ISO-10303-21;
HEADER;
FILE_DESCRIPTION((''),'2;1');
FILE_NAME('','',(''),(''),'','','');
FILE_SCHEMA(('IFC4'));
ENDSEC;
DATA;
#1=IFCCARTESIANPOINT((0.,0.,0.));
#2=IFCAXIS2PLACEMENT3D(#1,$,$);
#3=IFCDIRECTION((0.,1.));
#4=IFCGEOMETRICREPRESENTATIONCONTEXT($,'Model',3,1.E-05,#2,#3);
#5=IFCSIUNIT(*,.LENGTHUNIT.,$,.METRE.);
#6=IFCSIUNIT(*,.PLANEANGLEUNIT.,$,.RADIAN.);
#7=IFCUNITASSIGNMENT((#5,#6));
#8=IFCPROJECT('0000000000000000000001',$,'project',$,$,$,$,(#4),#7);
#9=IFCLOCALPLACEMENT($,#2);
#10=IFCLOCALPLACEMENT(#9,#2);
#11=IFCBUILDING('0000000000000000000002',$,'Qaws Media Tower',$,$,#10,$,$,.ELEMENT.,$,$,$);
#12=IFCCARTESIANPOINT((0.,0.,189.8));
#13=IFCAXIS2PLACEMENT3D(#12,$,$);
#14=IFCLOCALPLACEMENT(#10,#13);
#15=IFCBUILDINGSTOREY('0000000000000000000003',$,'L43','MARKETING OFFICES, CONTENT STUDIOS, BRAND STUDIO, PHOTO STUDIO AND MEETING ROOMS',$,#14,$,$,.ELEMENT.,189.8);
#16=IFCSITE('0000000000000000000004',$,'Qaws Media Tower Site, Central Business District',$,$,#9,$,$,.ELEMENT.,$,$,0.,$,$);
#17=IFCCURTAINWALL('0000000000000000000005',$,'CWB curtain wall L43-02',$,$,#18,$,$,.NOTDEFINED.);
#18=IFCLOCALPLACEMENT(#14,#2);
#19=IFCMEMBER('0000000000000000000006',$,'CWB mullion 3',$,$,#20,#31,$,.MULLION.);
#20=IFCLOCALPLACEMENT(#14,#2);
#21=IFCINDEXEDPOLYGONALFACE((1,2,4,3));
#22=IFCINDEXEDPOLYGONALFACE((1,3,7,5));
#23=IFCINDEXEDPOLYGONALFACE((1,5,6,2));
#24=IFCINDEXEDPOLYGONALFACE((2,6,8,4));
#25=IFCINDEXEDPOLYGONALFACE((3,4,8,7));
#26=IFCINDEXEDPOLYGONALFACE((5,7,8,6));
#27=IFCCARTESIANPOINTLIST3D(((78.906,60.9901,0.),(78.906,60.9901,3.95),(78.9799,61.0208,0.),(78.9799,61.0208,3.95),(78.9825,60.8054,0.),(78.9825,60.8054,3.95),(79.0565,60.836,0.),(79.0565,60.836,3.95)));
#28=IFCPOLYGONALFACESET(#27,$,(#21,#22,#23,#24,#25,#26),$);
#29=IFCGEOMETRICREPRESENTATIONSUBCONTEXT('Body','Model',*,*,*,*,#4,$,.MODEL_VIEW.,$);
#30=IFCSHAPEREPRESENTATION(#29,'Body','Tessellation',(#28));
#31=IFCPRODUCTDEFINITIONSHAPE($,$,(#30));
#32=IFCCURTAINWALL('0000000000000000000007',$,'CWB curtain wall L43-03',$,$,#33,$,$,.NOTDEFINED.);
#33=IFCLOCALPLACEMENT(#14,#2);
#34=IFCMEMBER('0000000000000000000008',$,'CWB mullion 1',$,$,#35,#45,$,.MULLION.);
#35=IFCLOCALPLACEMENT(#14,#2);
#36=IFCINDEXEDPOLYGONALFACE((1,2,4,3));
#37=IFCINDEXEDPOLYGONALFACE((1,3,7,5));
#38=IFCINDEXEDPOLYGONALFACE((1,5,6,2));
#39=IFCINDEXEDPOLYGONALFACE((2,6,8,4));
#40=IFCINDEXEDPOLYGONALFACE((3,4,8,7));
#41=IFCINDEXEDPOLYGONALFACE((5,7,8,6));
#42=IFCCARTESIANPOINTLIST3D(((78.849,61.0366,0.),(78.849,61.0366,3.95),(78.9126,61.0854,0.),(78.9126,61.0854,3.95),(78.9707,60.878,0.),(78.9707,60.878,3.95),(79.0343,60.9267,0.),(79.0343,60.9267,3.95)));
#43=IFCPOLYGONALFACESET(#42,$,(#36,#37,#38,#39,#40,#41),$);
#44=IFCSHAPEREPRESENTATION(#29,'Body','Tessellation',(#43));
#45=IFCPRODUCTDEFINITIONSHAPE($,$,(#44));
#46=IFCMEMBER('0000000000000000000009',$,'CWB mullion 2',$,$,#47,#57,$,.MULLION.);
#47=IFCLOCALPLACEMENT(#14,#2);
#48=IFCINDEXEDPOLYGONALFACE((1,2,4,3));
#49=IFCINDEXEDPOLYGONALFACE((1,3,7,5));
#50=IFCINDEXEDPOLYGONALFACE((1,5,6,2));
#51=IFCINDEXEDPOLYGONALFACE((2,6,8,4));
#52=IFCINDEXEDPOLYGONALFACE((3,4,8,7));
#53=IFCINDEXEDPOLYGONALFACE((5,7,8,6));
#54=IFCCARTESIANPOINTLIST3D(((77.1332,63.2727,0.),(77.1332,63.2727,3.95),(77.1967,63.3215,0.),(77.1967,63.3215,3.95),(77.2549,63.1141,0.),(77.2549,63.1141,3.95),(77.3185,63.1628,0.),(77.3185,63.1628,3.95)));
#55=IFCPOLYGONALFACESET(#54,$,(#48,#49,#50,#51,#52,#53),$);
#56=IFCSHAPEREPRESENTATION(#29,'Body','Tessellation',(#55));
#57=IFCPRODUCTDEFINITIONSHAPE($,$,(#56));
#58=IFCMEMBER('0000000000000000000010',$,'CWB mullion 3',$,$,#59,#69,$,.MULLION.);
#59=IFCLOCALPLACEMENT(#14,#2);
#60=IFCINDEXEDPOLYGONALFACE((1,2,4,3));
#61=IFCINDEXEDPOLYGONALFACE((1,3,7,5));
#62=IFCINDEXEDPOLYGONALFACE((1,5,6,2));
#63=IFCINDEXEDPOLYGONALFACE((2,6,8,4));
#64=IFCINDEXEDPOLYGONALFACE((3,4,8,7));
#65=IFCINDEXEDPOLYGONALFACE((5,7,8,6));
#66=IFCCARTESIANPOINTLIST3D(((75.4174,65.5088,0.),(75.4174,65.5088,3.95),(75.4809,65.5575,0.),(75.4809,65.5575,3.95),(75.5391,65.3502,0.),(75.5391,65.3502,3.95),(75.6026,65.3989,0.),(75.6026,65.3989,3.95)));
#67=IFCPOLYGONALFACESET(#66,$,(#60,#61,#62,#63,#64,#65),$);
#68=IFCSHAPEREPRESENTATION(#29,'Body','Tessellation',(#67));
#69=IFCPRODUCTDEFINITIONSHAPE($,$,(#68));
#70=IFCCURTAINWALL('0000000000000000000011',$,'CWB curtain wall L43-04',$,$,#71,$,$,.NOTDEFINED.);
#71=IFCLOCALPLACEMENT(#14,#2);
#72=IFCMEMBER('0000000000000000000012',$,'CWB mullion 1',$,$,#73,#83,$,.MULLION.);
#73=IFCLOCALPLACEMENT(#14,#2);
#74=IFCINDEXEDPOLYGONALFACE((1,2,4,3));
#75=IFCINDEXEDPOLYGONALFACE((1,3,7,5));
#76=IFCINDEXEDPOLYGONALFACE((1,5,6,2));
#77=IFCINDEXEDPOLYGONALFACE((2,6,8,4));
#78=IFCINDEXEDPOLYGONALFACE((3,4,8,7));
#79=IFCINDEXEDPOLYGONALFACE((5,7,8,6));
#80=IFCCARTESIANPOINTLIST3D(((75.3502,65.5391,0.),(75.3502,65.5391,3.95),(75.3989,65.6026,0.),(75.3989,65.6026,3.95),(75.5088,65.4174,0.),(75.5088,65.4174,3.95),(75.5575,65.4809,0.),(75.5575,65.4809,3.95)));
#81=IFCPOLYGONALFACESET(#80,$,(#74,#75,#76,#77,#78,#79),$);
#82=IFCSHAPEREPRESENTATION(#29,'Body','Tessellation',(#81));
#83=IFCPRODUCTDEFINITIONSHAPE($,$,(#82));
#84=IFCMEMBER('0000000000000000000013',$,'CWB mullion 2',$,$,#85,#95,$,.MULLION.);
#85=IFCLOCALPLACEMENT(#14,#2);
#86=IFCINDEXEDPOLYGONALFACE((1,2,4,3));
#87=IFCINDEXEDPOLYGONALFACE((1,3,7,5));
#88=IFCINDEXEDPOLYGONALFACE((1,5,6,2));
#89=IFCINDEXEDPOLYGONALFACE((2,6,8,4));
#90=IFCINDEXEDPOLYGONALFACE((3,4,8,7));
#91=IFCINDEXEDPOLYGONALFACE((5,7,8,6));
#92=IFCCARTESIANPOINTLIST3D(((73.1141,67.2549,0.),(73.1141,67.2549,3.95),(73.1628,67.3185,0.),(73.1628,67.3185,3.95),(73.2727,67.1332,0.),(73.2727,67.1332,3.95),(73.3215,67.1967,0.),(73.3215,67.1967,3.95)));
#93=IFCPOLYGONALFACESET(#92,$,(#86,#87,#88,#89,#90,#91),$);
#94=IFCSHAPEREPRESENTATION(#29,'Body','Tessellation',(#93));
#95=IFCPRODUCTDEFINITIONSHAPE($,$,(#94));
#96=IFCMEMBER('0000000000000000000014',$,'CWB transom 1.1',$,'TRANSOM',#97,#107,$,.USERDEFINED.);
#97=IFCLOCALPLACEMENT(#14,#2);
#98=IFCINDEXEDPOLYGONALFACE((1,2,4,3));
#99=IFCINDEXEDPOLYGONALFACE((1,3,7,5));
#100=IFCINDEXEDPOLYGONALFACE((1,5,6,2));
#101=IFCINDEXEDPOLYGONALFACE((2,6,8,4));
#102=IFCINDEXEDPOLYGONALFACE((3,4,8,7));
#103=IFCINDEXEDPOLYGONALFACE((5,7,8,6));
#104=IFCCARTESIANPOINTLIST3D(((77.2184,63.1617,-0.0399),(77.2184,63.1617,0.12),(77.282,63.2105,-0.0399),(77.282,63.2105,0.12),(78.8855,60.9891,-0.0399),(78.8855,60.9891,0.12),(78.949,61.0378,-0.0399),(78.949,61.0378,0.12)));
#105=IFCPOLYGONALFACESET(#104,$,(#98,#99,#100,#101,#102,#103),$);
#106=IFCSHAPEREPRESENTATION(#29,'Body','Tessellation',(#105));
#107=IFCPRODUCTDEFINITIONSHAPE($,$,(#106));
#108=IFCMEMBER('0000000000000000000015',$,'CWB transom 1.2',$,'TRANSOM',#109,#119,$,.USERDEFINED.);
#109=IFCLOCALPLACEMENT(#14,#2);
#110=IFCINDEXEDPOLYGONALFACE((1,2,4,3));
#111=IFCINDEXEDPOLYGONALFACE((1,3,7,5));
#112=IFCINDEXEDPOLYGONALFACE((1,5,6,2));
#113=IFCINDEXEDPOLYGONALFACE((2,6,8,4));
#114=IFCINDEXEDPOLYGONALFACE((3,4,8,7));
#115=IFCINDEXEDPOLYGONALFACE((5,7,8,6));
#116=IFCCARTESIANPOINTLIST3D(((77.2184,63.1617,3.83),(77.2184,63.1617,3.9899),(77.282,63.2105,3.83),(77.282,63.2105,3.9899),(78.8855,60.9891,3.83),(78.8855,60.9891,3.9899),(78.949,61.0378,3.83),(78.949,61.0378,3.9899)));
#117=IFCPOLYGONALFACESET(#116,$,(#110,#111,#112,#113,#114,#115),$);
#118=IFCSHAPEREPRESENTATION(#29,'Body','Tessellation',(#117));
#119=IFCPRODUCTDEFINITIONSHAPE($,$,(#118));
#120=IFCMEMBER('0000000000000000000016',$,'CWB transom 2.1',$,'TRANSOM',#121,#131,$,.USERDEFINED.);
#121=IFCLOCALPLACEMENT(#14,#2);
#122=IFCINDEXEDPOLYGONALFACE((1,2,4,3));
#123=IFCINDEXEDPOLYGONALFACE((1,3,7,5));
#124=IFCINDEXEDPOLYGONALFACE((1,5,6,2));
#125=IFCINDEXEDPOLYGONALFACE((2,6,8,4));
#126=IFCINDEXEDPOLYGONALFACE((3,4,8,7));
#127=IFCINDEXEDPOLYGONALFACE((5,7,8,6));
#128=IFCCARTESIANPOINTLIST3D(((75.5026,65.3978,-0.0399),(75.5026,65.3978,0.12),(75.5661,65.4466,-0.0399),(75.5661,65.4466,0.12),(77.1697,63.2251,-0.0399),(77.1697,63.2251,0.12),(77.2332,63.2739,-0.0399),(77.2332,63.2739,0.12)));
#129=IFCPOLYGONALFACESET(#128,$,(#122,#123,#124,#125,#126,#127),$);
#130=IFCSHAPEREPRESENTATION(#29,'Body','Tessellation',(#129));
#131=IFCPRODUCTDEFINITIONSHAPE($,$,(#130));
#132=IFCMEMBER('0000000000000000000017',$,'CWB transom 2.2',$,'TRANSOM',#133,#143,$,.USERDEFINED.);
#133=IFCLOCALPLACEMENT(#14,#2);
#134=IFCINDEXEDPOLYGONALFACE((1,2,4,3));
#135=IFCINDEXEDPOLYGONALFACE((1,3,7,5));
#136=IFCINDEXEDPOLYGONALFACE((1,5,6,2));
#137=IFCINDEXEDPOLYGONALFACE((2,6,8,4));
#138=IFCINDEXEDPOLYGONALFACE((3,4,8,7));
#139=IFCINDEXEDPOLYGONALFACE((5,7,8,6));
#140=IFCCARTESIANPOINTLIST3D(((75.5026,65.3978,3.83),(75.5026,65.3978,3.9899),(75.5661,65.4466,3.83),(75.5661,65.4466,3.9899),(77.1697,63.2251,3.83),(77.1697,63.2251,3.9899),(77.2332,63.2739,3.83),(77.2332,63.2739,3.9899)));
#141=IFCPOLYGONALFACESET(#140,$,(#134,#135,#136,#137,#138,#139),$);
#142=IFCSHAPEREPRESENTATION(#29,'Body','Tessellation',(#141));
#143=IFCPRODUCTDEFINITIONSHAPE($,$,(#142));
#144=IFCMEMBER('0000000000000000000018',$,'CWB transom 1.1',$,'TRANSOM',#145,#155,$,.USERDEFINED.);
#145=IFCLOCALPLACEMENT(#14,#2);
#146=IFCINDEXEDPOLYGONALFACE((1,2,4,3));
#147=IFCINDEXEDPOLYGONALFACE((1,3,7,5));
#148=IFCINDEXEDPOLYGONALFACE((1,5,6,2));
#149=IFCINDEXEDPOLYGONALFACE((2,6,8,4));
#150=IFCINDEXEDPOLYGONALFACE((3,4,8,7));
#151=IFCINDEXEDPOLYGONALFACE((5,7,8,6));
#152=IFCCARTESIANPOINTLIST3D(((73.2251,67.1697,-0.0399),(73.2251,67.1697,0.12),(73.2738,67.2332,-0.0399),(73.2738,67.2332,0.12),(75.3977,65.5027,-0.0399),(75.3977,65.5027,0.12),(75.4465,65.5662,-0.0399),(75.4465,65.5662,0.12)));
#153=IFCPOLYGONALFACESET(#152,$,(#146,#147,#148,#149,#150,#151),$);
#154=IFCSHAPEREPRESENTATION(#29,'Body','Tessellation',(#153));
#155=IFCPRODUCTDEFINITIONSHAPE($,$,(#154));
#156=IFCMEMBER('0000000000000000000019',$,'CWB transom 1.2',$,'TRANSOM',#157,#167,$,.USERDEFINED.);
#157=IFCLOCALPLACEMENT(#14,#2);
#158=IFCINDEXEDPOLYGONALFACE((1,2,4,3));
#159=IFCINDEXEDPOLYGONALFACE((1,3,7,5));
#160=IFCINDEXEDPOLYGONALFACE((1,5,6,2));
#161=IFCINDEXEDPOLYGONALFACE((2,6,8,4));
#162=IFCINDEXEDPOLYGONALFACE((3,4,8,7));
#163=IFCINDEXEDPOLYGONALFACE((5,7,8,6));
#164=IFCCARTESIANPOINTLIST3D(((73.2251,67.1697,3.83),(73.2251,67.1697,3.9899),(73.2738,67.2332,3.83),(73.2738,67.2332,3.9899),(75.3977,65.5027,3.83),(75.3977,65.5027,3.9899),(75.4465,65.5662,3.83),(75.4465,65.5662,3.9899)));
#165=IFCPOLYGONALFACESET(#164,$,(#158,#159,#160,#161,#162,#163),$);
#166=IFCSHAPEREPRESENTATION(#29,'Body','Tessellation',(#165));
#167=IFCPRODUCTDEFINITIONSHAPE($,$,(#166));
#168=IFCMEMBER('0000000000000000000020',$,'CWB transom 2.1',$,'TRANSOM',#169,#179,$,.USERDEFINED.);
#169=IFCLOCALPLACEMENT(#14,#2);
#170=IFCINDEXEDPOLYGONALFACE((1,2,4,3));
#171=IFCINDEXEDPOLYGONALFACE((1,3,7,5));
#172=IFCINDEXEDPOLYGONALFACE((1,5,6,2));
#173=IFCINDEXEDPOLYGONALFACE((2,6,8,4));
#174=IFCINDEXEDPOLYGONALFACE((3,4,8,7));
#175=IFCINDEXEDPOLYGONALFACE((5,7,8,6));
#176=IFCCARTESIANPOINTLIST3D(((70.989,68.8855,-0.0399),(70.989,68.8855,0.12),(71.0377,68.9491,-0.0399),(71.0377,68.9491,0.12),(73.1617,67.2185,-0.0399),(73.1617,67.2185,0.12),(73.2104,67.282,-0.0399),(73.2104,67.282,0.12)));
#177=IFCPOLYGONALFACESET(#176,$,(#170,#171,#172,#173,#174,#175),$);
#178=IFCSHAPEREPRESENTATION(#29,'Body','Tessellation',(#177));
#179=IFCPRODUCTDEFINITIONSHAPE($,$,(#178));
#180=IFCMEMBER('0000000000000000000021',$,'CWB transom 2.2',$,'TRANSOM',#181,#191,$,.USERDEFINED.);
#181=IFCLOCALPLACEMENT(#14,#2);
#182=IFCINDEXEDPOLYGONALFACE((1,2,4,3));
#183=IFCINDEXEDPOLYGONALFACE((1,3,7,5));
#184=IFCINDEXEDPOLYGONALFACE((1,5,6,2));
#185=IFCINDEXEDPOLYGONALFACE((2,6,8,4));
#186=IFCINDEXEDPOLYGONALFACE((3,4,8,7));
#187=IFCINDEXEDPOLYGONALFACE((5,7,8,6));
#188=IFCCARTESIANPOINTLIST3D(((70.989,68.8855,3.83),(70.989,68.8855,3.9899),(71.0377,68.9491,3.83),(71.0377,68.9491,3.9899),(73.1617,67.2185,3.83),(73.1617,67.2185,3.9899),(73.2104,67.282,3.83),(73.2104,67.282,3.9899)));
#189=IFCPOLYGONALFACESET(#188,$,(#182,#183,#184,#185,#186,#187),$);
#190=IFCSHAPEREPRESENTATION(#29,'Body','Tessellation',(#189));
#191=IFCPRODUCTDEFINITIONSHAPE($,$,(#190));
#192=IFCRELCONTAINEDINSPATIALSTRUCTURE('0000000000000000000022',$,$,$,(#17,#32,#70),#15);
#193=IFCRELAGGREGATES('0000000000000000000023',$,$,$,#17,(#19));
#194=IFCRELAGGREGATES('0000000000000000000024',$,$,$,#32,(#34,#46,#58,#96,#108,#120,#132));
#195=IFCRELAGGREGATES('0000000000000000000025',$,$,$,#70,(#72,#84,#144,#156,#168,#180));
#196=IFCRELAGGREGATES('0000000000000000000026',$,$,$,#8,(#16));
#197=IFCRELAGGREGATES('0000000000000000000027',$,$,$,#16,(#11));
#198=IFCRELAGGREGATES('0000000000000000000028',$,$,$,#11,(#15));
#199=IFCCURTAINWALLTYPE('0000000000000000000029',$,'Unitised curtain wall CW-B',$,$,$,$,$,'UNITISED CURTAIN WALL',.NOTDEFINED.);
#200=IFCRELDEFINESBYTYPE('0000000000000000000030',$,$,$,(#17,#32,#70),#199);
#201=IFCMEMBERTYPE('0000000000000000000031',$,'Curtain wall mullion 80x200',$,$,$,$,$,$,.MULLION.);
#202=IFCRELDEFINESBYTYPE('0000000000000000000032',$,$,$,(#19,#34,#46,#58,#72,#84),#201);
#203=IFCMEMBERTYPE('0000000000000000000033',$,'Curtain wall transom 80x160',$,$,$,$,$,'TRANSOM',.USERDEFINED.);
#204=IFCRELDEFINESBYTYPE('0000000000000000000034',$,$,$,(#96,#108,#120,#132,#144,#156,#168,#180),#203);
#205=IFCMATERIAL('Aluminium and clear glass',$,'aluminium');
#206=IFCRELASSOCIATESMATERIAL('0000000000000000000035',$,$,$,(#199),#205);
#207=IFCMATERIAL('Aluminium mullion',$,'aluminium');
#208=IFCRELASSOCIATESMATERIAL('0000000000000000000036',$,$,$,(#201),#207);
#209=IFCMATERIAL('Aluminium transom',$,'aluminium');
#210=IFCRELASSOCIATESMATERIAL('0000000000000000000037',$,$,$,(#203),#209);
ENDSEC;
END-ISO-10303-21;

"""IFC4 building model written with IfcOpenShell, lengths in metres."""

from ifc_helpers import new_model, si_unit, direction, frame, origin, origin_2d, place, context, subcontext, project, spatial, rectangle, extrude, material, material_profile, profile_set, type_object, element, aggregate, save


model = new_model("IFC4")

# Units and contexts
model_context = context("Model", 3, precision=1e-05, world=origin(), true_north=direction((0.0, 1.0)))
body_context = subcontext(model_context, "Body", "Model", "MODEL_VIEW")
ifc_project = project(units=[si_unit("LENGTHUNIT", "METRE"), si_unit("PLANEANGLEUNIT", "RADIAN")], contexts=[model_context])

# Site, building, storey
site_placement = place(None, origin())
site = spatial("IfcSite", under=ifc_project, at=site_placement, Name="Qaws Media Tower Site, Central Business District", CompositionType="ELEMENT", RefElevation=0.0)
building_placement = place(site_placement, origin())
building = spatial("IfcBuilding", under=site, at=building_placement, Name="Qaws Media Tower", CompositionType="ELEMENT")
storey_placement = place(building_placement, frame((0.0, 0.0, 189.8)))
storey = spatial("IfcBuildingStorey", under=building, at=storey_placement, Name="L43", Description="MARKETING OFFICES, CONTENT STUDIOS, BRAND STUDIO, PHOTO STUDIO AND MEETING ROOMS", CompositionType="ELEMENT", Elevation=189.8)

# Curtain wall, member
ifc_material_1 = material(Name="Aluminium and clear glass", Category="aluminium")
curtain_wall_type = type_object("IfcCurtainWallType", Name="Unitised curtain wall CW-B", ElementType="UNITISED CURTAIN WALL", PredefinedType="NOTDEFINED", material=ifc_material_1)
curtain_wall_1_placement = place(storey_placement, origin())
curtain_wall_1 = element("IfcCurtainWall", 1, at=curtain_wall_1_placement, inside=storey, type_object=curtain_wall_type, Name="CWB curtain wall L43-02", PredefinedType="NOTDEFINED")
ifc_material_2 = material(Name="Aluminium mullion", Category="aluminium")
ifc_material_profile_1 = material_profile(ifc_material_2, rectangle(XDim=0.0801, YDim=0.2, at=origin_2d()), Name="80x200")
ifc_profile_set_1 = profile_set([ifc_material_profile_1], Name="Aluminium mullion")
member_type_1 = type_object("IfcMemberType", Name="Curtain wall mullion 80x200", PredefinedType="MULLION", material=ifc_profile_set_1)
member_1_placement = place(storey_placement, frame((78.9812, 60.9131, 0.0), z_axis=(0.0, 0.0, 1.0), x_axis=(-0.923879, -0.382684, 0.0)))
member_1 = element("IfcMember", 2, at=member_1_placement, type_object=member_type_1, Name="CWB mullion 3", PredefinedType="MULLION", context=body_context, shape_type="SweptSolid", body=[
    extrude(rectangle(XDim=0.0801, YDim=0.2, at=origin_2d()), origin(), (0.0, 0.0, 1.0), 3.95),
])
aggregate(curtain_wall_1, [member_1])

# Curtain walls, members
curtain_wall_2_placement = place(storey_placement, origin())
curtain_wall_2 = element("IfcCurtainWall", 3, at=curtain_wall_2_placement, inside=storey, type_object=curtain_wall_type, Name="CWB curtain wall L43-03", PredefinedType="NOTDEFINED")
member_2_placement = place(storey_placement, frame((78.9417, 60.9817, 0.0), z_axis=(0.0, 0.0, 1.0), x_axis=(-0.793353, -0.608761, 0.0)))
member_2 = element("IfcMember", 4, at=member_2_placement, type_object=member_type_1, Name="CWB mullion 1", PredefinedType="MULLION", context=body_context, shape_type="SweptSolid", body=[
    extrude(rectangle(XDim=0.0801, YDim=0.2, at=origin_2d()), origin(), (0.0, 0.0, 1.0), 3.95),
])
member_3_placement = place(storey_placement, frame((77.2258, 63.2178, 0.0), z_axis=(0.0, 0.0, 1.0), x_axis=(-0.793353, -0.608761, 0.0)))
member_3 = element("IfcMember", 5, at=member_3_placement, type_object=member_type_1, Name="CWB mullion 2", PredefinedType="MULLION", context=body_context, shape_type="SweptSolid", body=[
    extrude(rectangle(XDim=0.0801, YDim=0.2, at=origin_2d()), origin(), (0.0, 0.0, 1.0), 3.95),
])
member_4_placement = place(storey_placement, frame((75.51, 65.4539, 0.0), z_axis=(0.0, 0.0, 1.0), x_axis=(-0.793353, -0.608761, 0.0)))
member_4 = element("IfcMember", 6, at=member_4_placement, type_object=member_type_1, Name="CWB mullion 3", PredefinedType="MULLION", context=body_context, shape_type="SweptSolid", body=[
    extrude(rectangle(XDim=0.0801, YDim=0.2, at=origin_2d()), origin(), (0.0, 0.0, 1.0), 3.95),
])
curtain_wall_3_placement = place(storey_placement, origin())
curtain_wall_3 = element("IfcCurtainWall", 7, at=curtain_wall_3_placement, inside=storey, type_object=curtain_wall_type, Name="CWB curtain wall L43-04", PredefinedType="NOTDEFINED")
member_5_placement = place(storey_placement, frame((75.4539, 65.51, 0.0), z_axis=(0.0, 0.0, 1.0), x_axis=(-0.608761, -0.793353, 0.0)))
member_5 = element("IfcMember", 8, at=member_5_placement, type_object=member_type_1, Name="CWB mullion 1", PredefinedType="MULLION", context=body_context, shape_type="SweptSolid", body=[
    extrude(rectangle(XDim=0.0801, YDim=0.2, at=origin_2d()), origin(), (0.0, 0.0, 1.0), 3.95),
])
member_6_placement = place(storey_placement, frame((73.2178, 67.2258, 0.0), z_axis=(0.0, 0.0, 1.0), x_axis=(-0.608761, -0.793353, 0.0)))
member_6 = element("IfcMember", 9, at=member_6_placement, type_object=member_type_1, Name="CWB mullion 2", PredefinedType="MULLION", context=body_context, shape_type="SweptSolid", body=[
    extrude(rectangle(XDim=0.0801, YDim=0.2, at=origin_2d()), origin(), (0.0, 0.0, 1.0), 3.95),
])

# Members
ifc_material_3 = material(Name="Aluminium transom", Category="aluminium")
ifc_material_profile_2 = material_profile(ifc_material_3, rectangle(XDim=0.0801, YDim=0.1599, at=origin_2d()), Name="80x160")
ifc_profile_set_2 = profile_set([ifc_material_profile_2], Name="Aluminium transom")
member_type_2 = type_object("IfcMemberType", Name="Curtain wall transom 80x160", ElementType="TRANSOM", PredefinedType="USERDEFINED", material=ifc_profile_set_2)
member_7_placement = place(storey_placement, frame((78.9172, 61.0134, 0.04), z_axis=(-0.608737, 0.793372, 0.0), x_axis=(-0.793372, -0.608737, 0.0)))
member_7 = element("IfcMember", 10, at=member_7_placement, type_object=member_type_2, Name="CWB transom 1.1", ObjectType="TRANSOM", PredefinedType="USERDEFINED", context=body_context, shape_type="SweptSolid", body=[
    extrude(rectangle(XDim=0.0801, YDim=0.1599, at=origin_2d()), origin(), (0.0, 0.0, 1.0), 2.7385),
])
member_8_placement = place(storey_placement, frame((78.9172, 61.0134, 3.9099), z_axis=(-0.608737, 0.793372, 0.0), x_axis=(-0.793372, -0.608737, 0.0)))
member_8 = element("IfcMember", 11, at=member_8_placement, type_object=member_type_2, Name="CWB transom 1.2", ObjectType="TRANSOM", PredefinedType="USERDEFINED", context=body_context, shape_type="SweptSolid", body=[
    extrude(rectangle(XDim=0.0801, YDim=0.1599, at=origin_2d()), origin(), (0.0, 0.0, 1.0), 2.7385),
])
member_9_placement = place(storey_placement, frame((77.2014, 63.2495, 0.04), z_axis=(-0.608737, 0.793372, 0.0), x_axis=(-0.793372, -0.608737, 0.0)))
member_9 = element("IfcMember", 12, at=member_9_placement, type_object=member_type_2, Name="CWB transom 2.1", ObjectType="TRANSOM", PredefinedType="USERDEFINED", context=body_context, shape_type="SweptSolid", body=[
    extrude(rectangle(XDim=0.0801, YDim=0.1599, at=origin_2d()), origin(), (0.0, 0.0, 1.0), 2.7385),
])
member_10_placement = place(storey_placement, frame((77.2014, 63.2495, 3.9099), z_axis=(-0.608737, 0.793372, 0.0), x_axis=(-0.793372, -0.608737, 0.0)))
member_10 = element("IfcMember", 13, at=member_10_placement, type_object=member_type_2, Name="CWB transom 2.2", ObjectType="TRANSOM", PredefinedType="USERDEFINED", context=body_context, shape_type="SweptSolid", body=[
    extrude(rectangle(XDim=0.0801, YDim=0.1599, at=origin_2d()), origin(), (0.0, 0.0, 1.0), 2.7385),
])
member_11_placement = place(storey_placement, frame((75.4221, 65.5344, 0.04), z_axis=(-0.793372, 0.608737, 0.0), x_axis=(-0.608737, -0.793372, 0.0)))
member_11 = element("IfcMember", 14, at=member_11_placement, type_object=member_type_2, Name="CWB transom 1.1", ObjectType="TRANSOM", PredefinedType="USERDEFINED", context=body_context, shape_type="SweptSolid", body=[
    extrude(rectangle(XDim=0.0801, YDim=0.1599, at=origin_2d()), origin(), (0.0, 0.0, 1.0), 2.7385),
])
member_12_placement = place(storey_placement, frame((75.4221, 65.5344, 3.9099), z_axis=(-0.793372, 0.608737, 0.0), x_axis=(-0.608737, -0.793372, 0.0)))
member_12 = element("IfcMember", 15, at=member_12_placement, type_object=member_type_2, Name="CWB transom 1.2", ObjectType="TRANSOM", PredefinedType="USERDEFINED", context=body_context, shape_type="SweptSolid", body=[
    extrude(rectangle(XDim=0.0801, YDim=0.1599, at=origin_2d()), origin(), (0.0, 0.0, 1.0), 2.7385),
])
member_13_placement = place(storey_placement, frame((73.186, 67.2502, 0.04), z_axis=(-0.793372, 0.608737, 0.0), x_axis=(-0.608737, -0.793372, 0.0)))
member_13 = element("IfcMember", 16, at=member_13_placement, type_object=member_type_2, Name="CWB transom 2.1", ObjectType="TRANSOM", PredefinedType="USERDEFINED", context=body_context, shape_type="SweptSolid", body=[
    extrude(rectangle(XDim=0.0801, YDim=0.1599, at=origin_2d()), origin(), (0.0, 0.0, 1.0), 2.7385),
])
member_14_placement = place(storey_placement, frame((73.186, 67.2502, 3.9099), z_axis=(-0.793372, 0.608737, 0.0), x_axis=(-0.608737, -0.793372, 0.0)))
member_14 = element("IfcMember", 17, at=member_14_placement, type_object=member_type_2, Name="CWB transom 2.2", ObjectType="TRANSOM", PredefinedType="USERDEFINED", context=body_context, shape_type="SweptSolid", body=[
    extrude(rectangle(XDim=0.0801, YDim=0.1599, at=origin_2d()), origin(), (0.0, 0.0, 1.0), 2.7385),
])

aggregate(curtain_wall_2, [member_2, member_3, member_4, member_7, member_8, member_9, member_10])
aggregate(curtain_wall_3, [member_5, member_6, member_11, member_12, member_13, member_14])

save(model, "model.ifc")
